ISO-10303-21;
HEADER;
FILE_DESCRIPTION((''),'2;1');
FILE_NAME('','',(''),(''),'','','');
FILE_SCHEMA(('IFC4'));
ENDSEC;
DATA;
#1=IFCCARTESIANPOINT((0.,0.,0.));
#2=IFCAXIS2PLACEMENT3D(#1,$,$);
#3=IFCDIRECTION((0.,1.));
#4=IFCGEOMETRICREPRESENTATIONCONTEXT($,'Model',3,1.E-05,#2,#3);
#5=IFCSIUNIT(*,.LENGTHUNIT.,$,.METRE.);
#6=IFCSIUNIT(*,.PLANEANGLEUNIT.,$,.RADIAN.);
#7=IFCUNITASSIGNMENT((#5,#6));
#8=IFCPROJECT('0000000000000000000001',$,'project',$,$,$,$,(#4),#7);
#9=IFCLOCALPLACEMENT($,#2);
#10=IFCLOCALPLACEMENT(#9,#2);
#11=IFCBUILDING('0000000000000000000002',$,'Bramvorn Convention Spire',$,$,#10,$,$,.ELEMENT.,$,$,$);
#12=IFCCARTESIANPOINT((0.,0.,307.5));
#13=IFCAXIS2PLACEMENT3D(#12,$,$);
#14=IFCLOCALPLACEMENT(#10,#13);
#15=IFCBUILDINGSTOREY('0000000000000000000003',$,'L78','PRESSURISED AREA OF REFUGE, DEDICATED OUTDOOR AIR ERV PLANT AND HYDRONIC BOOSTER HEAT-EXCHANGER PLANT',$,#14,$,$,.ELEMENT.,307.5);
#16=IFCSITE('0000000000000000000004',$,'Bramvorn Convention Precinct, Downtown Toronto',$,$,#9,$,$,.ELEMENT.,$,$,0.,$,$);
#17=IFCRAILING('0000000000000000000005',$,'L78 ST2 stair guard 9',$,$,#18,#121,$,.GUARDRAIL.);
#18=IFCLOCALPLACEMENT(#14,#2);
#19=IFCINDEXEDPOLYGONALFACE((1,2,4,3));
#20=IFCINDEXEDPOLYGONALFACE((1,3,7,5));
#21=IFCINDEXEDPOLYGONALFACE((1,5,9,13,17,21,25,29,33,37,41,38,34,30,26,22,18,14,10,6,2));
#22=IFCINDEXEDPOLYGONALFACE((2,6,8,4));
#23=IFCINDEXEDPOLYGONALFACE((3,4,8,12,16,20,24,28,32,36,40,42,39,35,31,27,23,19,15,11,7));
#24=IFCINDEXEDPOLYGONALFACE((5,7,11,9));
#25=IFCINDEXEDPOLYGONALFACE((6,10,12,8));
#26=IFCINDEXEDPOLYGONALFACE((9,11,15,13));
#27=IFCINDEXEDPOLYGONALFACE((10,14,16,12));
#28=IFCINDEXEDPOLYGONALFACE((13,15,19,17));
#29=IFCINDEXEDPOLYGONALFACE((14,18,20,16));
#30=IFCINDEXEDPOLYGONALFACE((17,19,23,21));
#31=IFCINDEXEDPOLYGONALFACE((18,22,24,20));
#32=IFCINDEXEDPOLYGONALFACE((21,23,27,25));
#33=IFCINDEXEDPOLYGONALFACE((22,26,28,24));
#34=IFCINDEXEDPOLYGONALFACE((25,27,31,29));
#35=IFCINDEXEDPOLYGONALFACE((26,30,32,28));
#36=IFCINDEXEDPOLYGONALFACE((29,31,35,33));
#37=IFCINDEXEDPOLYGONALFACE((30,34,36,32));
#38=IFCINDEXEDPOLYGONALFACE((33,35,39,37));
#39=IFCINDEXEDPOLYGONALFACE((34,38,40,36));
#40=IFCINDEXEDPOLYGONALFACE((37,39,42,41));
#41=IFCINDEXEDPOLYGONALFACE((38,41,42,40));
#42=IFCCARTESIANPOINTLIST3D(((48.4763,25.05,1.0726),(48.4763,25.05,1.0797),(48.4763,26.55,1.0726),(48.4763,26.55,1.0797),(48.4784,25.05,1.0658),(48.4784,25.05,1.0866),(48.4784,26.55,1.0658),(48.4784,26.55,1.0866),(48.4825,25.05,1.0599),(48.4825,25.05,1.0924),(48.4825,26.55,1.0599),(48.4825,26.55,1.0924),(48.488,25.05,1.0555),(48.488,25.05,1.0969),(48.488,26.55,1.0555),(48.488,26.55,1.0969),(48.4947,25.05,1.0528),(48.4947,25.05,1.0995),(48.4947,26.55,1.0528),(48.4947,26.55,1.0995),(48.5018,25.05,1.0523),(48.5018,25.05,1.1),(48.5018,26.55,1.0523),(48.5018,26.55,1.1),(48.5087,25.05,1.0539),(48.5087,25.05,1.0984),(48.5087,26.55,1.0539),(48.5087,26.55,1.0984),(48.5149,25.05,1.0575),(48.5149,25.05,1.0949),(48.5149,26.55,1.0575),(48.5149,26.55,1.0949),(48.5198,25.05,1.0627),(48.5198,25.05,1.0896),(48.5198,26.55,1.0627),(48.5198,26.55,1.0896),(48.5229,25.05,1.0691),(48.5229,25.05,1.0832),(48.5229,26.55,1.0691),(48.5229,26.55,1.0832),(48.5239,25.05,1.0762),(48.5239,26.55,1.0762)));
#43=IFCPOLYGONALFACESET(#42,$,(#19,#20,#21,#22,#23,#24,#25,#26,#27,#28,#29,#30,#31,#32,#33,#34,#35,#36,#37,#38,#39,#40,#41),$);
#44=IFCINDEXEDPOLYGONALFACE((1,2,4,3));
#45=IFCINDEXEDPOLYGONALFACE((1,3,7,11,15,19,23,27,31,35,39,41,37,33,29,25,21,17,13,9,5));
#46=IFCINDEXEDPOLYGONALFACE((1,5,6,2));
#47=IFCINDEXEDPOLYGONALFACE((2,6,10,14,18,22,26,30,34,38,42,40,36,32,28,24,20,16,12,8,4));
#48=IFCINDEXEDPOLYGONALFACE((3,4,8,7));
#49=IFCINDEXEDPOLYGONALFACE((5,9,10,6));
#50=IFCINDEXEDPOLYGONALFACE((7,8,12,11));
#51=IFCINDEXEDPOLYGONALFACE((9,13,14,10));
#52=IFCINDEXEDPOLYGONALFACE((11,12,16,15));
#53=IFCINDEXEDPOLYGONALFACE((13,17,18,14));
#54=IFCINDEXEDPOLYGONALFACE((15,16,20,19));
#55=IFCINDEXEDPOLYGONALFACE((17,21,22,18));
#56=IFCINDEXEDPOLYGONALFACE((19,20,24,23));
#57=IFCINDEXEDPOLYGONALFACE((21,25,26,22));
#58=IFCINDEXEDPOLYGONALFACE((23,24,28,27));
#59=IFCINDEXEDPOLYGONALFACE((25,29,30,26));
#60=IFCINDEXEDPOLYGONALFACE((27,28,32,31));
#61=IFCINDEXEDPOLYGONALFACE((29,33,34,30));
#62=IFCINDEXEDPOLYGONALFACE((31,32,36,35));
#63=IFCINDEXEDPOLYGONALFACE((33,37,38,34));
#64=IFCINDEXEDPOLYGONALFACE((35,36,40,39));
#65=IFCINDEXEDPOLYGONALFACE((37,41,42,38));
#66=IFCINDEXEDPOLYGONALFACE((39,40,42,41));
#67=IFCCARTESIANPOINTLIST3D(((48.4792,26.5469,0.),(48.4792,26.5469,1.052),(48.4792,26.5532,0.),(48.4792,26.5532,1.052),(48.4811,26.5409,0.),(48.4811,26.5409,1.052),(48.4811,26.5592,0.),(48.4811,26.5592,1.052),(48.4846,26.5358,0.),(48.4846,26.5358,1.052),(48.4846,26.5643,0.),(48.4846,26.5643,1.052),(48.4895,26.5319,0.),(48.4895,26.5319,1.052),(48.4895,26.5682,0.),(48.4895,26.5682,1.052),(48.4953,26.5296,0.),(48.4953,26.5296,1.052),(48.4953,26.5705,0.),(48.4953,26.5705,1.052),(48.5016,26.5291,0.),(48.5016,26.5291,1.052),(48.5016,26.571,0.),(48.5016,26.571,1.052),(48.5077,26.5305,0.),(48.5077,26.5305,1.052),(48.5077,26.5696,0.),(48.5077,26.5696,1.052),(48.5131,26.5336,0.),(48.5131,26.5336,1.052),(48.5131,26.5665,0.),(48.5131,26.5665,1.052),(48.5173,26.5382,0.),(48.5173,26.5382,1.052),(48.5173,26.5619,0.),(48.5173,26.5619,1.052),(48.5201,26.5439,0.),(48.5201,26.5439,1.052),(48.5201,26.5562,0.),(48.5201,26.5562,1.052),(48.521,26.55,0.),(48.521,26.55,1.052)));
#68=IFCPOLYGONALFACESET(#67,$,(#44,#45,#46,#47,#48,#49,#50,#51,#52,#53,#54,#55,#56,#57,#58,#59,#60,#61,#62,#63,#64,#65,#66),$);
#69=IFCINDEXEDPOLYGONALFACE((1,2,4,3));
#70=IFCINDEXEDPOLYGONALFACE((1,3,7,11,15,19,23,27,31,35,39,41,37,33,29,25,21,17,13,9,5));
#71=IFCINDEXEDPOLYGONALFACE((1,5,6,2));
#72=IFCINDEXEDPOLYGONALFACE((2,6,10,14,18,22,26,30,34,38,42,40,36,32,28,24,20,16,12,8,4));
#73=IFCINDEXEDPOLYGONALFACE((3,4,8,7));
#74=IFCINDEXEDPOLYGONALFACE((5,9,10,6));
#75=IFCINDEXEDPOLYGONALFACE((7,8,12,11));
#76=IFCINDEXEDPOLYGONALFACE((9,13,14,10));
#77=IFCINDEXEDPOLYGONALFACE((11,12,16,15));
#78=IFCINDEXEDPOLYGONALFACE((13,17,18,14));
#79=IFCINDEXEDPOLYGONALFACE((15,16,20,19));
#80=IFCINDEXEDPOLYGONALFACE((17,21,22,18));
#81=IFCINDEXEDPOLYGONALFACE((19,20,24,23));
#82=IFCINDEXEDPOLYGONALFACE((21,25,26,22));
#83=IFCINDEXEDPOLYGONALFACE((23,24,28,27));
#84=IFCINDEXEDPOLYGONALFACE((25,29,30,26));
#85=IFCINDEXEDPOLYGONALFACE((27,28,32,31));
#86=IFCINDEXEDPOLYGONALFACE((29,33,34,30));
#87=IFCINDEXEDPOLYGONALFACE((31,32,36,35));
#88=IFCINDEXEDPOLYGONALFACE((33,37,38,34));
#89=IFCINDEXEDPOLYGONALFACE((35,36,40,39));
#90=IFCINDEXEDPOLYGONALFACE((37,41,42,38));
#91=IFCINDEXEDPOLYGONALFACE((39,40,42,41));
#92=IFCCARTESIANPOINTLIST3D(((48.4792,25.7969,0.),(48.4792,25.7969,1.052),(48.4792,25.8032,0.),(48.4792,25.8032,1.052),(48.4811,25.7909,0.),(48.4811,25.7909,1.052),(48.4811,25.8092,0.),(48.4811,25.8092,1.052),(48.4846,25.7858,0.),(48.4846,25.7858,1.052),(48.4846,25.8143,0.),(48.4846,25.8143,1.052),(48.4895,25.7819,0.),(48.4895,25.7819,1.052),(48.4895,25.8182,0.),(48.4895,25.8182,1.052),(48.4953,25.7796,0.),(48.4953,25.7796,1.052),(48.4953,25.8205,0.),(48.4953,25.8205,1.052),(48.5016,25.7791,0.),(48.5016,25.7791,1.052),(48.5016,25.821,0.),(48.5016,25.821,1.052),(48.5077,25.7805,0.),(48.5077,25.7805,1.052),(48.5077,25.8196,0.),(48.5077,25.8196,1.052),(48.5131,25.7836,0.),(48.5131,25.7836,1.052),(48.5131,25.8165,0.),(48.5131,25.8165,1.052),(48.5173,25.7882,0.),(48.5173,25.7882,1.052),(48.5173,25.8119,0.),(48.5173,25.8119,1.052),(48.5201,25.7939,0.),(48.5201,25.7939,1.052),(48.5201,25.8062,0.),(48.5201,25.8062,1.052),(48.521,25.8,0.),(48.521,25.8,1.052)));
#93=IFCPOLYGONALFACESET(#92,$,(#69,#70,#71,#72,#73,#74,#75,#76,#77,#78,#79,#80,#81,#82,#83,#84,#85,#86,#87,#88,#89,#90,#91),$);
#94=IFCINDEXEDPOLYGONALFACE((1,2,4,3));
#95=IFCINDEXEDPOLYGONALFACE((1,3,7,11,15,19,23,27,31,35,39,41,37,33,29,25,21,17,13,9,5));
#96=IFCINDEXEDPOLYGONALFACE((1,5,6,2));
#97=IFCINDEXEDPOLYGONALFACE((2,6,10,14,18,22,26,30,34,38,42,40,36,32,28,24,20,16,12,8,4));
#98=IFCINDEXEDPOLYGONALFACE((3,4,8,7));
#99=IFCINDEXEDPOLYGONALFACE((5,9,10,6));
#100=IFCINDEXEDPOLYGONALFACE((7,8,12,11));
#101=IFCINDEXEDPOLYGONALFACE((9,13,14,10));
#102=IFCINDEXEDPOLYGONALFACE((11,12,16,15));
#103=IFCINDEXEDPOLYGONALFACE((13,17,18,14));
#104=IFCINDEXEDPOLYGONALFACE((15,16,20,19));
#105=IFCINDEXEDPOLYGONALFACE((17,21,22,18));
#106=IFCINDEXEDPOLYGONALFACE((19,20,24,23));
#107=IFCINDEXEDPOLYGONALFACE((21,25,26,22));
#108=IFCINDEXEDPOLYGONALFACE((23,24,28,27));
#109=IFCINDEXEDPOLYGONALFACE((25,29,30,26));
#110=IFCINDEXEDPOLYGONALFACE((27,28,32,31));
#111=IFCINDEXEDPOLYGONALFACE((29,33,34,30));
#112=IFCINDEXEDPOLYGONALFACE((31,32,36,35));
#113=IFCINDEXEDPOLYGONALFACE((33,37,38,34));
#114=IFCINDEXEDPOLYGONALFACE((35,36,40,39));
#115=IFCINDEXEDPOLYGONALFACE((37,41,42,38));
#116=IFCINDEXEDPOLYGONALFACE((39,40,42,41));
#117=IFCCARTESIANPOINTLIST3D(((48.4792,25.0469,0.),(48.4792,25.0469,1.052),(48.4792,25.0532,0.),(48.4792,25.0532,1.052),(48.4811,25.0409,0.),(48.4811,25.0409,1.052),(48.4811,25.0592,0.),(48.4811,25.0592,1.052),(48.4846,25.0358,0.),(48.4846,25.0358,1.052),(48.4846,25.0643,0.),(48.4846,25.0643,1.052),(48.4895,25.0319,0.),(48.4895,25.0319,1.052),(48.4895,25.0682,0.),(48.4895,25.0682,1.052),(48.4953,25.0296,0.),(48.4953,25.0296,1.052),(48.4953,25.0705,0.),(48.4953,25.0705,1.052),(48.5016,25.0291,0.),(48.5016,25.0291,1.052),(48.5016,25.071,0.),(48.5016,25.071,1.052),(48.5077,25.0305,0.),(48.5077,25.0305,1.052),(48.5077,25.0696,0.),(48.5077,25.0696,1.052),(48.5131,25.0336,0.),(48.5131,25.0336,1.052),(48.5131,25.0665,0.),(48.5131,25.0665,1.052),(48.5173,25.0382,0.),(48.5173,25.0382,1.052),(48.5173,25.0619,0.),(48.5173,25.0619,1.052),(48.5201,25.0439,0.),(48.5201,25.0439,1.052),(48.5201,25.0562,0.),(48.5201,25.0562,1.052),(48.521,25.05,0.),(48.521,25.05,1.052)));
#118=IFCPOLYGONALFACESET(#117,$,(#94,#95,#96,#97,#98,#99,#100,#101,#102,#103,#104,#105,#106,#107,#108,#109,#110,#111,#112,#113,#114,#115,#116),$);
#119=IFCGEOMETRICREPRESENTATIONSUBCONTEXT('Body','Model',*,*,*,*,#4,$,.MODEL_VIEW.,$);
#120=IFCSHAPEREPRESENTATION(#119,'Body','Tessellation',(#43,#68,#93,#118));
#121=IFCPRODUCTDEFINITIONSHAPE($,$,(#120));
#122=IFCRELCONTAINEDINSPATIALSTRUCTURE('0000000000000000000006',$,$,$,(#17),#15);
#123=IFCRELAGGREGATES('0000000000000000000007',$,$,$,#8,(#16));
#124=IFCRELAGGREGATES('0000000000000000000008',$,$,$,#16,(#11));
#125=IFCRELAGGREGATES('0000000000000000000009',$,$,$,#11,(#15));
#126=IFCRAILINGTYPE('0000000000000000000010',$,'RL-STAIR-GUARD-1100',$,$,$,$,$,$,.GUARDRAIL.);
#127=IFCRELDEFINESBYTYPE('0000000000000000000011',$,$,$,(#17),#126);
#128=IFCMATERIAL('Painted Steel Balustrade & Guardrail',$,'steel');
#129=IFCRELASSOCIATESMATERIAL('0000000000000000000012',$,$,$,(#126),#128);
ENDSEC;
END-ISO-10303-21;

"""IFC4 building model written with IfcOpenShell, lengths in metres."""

from ifc_helpers import new_model, si_unit, direction, frame, origin, origin_2d, place, context, subcontext, project, spatial, circle, extrude, material, type_object, element, save


model = new_model("IFC4")

# Units and contexts
model_context = context("Model", 3, precision=1e-05, world=origin(), true_north=direction((0.0, 1.0)))
body_context = subcontext(model_context, "Body", "Model", "MODEL_VIEW")
ifc_project = project(units=[si_unit("LENGTHUNIT", "METRE"), si_unit("PLANEANGLEUNIT", "RADIAN")], contexts=[model_context])

# Site, building, storey
site_placement = place(None, origin())
site = spatial("IfcSite", under=ifc_project, at=site_placement, Name="Bramvorn Convention Precinct, Downtown Toronto", CompositionType="ELEMENT", RefElevation=0.0)
building_placement = place(site_placement, origin())
building = spatial("IfcBuilding", under=site, at=building_placement, Name="Bramvorn Convention Spire", CompositionType="ELEMENT")
storey_placement = place(building_placement, frame((0.0, 0.0, 307.5)))
storey = spatial("IfcBuildingStorey", under=building, at=storey_placement, Name="L78", Description="PRESSURISED AREA OF REFUGE, DEDICATED OUTDOOR AIR ERV PLANT AND HYDRONIC BOOSTER HEAT-EXCHANGER PLANT", CompositionType="ELEMENT", Elevation=307.5)

# Railing
ifc_material_1 = material(Name="Painted Steel Balustrade & Guardrail", Category="steel")
railing_type_1 = type_object("IfcRailingType", Name="RL-STAIR-GUARD-1100", PredefinedType="GUARDRAIL", material=ifc_material_1)
railing_1_placement = place(storey_placement, frame((48.5, 26.55, 0.0)))
element("IfcRailing", 1, at=railing_1_placement, inside=storey, type_object=railing_type_1, Name="L78 ST2 stair guard 9", PredefinedType="GUARDRAIL", context=body_context, shape_type="SweptSolid", body=[
    extrude(circle(Radius=0.0239, at=origin_2d()), frame((0.0, 0.0, 1.0762), z_axis=(0.0, -1.0, 0.0), x_axis=(1.0, 0.0, 0.0)), (0.0, 0.0, 1.0), 1.5),
    extrude(circle(Radius=0.021, at=origin_2d()), origin(), (0.0, 0.0, 1.0), 1.052),
    extrude(circle(Radius=0.021, at=origin_2d()), frame((0.0, -0.75, 0.0)), (0.0, 0.0, 1.0), 1.052),
    extrude(circle(Radius=0.021, at=origin_2d()), frame((0.0, -1.5, 0.0)), (0.0, 0.0, 1.0), 1.052),
])

save(model, "model.ifc")
